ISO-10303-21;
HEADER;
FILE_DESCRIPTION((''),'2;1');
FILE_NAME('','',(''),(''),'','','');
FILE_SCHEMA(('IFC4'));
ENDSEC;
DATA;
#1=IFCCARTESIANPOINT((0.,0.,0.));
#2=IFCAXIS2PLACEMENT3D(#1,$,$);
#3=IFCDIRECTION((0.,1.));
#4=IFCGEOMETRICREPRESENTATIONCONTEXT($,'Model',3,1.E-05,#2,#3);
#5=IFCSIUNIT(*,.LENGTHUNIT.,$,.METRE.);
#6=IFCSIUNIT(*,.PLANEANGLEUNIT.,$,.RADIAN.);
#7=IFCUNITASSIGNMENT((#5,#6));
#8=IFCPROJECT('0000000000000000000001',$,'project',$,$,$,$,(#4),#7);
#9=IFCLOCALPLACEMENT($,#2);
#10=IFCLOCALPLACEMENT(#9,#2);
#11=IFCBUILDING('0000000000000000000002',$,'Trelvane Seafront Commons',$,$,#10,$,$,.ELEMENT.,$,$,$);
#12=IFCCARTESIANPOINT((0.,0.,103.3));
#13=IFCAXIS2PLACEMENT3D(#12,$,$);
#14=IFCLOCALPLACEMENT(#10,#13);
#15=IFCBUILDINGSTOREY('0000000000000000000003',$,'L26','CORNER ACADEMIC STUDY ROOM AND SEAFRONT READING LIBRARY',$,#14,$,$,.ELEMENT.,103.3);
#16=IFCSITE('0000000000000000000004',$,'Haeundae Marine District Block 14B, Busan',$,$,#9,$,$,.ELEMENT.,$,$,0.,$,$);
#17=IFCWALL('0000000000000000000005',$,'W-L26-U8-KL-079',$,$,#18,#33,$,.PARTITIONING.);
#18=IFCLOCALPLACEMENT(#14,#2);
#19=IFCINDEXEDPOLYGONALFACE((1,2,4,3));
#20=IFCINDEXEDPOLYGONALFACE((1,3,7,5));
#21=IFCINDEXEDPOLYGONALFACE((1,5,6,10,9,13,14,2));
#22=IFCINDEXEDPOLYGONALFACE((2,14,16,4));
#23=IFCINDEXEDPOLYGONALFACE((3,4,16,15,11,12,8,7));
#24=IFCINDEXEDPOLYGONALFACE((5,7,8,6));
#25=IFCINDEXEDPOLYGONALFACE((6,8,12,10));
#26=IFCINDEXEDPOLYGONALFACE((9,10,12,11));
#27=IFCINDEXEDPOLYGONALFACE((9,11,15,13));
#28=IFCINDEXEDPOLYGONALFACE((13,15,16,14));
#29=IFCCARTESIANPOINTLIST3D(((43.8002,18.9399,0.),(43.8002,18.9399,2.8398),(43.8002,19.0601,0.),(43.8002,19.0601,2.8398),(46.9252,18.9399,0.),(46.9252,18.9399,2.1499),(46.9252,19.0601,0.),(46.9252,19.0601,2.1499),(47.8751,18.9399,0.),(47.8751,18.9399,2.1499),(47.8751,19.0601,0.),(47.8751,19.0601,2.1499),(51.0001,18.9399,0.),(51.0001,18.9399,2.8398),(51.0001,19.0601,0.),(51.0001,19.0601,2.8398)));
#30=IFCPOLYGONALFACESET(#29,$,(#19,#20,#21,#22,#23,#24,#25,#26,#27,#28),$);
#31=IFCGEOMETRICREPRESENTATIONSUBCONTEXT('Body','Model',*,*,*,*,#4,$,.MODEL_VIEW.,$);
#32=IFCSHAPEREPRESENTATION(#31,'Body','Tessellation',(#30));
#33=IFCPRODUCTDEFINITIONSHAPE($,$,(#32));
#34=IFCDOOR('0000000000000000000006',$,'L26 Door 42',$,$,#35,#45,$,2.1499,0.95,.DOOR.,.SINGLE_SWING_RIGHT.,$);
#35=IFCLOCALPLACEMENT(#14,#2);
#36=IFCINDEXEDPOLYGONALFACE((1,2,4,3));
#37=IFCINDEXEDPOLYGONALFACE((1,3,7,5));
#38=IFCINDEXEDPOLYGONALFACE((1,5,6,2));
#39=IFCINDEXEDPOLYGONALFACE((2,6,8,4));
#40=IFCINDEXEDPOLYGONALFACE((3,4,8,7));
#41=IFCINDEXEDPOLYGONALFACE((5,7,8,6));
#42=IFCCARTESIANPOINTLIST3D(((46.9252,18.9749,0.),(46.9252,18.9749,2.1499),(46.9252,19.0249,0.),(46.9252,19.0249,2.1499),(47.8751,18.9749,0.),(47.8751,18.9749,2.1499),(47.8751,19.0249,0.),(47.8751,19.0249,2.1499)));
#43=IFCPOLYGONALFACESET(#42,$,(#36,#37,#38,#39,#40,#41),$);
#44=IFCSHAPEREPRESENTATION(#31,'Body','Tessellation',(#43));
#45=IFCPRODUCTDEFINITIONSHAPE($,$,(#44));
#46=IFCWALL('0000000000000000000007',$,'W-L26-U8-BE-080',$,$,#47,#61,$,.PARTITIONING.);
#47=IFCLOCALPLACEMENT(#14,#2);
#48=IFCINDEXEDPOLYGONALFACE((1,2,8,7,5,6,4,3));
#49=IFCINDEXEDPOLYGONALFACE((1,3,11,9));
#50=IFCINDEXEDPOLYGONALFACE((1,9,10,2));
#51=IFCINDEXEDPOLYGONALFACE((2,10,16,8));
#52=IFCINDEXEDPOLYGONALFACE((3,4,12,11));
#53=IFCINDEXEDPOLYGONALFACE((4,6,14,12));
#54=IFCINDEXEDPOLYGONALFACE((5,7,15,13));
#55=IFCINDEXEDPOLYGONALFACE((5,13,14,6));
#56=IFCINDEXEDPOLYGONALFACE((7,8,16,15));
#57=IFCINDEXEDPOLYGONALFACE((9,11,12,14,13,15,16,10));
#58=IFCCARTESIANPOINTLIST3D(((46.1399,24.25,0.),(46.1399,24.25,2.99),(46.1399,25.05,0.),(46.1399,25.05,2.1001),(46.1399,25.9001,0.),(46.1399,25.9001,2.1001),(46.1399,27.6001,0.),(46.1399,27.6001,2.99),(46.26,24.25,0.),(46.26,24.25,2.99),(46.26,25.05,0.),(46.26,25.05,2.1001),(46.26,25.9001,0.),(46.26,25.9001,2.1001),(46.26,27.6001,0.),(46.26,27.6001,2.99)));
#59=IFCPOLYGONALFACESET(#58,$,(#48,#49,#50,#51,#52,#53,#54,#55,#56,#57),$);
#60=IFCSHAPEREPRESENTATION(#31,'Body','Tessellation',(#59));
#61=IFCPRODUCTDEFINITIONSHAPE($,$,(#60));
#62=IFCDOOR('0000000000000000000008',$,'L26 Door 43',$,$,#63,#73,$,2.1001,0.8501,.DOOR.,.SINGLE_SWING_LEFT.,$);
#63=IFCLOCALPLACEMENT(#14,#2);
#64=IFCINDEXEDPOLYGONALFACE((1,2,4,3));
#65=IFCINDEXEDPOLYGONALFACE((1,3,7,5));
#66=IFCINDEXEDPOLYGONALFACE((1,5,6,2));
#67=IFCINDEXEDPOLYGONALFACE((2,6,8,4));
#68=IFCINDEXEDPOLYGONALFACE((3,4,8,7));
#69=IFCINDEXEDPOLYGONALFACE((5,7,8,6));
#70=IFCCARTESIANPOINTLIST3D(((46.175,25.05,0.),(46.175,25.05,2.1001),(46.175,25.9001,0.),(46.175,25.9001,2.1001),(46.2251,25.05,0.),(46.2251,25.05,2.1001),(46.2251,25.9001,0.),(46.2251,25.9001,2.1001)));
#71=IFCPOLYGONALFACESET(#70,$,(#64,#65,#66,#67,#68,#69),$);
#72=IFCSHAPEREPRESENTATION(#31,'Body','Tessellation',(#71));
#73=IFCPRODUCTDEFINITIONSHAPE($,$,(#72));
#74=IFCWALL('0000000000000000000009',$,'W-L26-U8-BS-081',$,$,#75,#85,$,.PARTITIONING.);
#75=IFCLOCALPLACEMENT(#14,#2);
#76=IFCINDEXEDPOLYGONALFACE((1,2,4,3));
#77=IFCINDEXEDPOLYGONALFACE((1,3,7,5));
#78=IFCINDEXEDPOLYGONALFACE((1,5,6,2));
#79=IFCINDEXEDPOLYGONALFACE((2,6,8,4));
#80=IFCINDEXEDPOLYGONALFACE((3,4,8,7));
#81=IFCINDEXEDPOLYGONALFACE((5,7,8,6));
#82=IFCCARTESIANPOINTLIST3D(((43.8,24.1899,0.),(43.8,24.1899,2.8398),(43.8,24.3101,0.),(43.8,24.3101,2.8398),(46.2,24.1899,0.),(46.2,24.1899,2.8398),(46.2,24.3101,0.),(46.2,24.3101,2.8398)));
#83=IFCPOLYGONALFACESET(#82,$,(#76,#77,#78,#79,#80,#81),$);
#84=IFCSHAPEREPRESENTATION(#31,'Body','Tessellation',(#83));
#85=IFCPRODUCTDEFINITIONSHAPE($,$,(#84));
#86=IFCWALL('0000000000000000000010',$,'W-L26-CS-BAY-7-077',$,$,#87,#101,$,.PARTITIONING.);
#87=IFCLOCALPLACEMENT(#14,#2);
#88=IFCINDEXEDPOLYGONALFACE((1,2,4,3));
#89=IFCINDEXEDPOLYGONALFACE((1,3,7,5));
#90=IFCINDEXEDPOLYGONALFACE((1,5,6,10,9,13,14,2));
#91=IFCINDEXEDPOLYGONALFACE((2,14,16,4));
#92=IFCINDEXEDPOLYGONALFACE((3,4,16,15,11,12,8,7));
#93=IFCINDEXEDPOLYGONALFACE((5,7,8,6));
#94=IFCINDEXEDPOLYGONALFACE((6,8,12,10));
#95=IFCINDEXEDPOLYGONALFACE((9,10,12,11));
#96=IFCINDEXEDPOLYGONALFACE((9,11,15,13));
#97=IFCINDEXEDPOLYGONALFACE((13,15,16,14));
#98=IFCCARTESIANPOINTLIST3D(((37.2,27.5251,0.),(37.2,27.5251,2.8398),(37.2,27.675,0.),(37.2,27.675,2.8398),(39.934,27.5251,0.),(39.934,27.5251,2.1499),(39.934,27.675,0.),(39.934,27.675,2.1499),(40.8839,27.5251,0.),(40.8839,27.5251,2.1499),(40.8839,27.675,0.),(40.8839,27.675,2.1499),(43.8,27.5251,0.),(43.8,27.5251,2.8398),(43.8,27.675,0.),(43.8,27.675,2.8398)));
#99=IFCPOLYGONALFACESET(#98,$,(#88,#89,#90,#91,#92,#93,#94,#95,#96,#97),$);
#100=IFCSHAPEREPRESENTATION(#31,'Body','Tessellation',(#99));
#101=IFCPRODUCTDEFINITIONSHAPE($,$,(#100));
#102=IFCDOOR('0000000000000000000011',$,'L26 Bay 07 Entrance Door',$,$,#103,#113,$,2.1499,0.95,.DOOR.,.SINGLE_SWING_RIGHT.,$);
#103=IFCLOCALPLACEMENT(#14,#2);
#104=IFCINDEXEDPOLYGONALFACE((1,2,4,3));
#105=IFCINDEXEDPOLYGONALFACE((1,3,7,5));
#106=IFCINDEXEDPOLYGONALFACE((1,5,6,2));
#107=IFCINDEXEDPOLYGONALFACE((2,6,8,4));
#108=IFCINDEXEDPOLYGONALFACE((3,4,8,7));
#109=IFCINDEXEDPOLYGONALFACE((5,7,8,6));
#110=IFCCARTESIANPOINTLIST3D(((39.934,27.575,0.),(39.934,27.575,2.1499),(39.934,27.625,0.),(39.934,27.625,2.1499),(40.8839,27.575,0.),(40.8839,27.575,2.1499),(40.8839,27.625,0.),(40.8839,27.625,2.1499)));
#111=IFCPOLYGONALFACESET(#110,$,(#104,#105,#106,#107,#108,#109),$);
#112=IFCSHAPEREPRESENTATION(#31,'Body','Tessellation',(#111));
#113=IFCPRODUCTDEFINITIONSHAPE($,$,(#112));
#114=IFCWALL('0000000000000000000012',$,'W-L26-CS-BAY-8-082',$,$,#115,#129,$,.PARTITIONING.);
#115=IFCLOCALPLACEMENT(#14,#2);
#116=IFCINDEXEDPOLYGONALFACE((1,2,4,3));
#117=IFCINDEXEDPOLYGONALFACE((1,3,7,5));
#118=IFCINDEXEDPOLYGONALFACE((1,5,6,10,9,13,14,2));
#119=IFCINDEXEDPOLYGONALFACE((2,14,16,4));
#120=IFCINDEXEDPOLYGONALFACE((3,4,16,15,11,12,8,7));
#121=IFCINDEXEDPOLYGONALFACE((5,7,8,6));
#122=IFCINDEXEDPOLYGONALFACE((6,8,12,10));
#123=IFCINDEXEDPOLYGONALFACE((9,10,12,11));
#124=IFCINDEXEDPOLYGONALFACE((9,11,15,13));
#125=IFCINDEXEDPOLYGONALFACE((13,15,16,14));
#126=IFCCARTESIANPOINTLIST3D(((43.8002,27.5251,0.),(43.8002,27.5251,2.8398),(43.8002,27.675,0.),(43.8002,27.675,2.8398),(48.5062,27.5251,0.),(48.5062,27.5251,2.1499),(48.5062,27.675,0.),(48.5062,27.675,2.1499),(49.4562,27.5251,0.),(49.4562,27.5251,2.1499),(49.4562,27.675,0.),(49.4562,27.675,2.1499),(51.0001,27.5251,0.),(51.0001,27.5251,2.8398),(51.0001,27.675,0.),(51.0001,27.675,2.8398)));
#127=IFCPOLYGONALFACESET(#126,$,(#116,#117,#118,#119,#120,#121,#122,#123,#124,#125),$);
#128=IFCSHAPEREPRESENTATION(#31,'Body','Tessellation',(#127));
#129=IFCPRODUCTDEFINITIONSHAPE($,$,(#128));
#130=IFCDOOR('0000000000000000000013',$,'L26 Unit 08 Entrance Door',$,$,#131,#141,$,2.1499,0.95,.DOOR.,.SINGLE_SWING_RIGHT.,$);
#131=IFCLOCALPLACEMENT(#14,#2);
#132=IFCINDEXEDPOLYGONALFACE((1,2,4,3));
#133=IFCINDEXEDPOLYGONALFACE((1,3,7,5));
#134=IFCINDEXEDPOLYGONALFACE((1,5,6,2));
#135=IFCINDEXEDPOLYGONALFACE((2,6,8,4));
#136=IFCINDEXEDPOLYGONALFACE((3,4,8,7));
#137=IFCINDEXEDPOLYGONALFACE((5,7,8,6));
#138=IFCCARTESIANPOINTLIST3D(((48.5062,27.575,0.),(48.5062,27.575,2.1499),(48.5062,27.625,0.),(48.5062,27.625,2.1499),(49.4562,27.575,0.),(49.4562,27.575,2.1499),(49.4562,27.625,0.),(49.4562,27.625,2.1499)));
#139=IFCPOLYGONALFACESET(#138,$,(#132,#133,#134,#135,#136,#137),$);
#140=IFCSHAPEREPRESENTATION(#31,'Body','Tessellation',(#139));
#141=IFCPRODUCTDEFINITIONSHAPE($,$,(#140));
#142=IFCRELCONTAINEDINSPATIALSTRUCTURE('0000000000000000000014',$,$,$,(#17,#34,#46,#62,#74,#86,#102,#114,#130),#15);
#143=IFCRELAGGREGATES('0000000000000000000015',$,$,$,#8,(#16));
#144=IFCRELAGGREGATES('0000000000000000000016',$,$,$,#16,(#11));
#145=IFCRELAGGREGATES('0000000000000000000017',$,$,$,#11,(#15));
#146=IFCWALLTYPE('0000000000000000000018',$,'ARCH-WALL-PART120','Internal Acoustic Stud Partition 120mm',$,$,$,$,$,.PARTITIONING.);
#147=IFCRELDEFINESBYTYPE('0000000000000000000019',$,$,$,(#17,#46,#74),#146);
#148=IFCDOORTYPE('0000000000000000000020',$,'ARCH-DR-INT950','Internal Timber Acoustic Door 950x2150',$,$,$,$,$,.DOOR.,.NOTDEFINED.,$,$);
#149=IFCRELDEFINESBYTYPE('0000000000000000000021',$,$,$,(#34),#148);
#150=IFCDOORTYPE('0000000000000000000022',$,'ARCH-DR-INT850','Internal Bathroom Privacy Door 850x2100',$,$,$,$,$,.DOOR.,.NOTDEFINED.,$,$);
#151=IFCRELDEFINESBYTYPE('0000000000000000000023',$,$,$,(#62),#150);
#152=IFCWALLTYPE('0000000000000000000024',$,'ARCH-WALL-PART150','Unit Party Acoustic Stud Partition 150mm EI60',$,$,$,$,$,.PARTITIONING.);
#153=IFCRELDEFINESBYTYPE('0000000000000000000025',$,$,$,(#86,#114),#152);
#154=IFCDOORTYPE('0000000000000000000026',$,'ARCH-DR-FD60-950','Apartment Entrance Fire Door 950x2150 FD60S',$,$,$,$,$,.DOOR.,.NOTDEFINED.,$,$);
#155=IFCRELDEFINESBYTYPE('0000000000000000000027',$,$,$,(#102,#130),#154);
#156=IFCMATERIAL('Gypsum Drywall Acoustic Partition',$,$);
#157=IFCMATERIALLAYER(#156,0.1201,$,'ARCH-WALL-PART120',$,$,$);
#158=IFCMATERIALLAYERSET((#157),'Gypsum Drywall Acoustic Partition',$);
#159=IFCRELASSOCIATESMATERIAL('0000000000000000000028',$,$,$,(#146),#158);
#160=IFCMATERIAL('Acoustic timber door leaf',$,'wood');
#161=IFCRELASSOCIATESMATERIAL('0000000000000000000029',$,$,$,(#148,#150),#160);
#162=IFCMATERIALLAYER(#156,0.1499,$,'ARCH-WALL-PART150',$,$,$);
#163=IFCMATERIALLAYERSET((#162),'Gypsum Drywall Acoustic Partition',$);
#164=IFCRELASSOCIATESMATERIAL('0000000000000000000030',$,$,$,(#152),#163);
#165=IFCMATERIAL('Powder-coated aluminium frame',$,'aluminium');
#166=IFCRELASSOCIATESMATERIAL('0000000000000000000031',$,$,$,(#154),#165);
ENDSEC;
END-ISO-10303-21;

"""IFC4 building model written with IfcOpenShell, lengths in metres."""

from ifc_helpers import new_model, si_unit, direction, frame, frame_2d, origin, place, context, subcontext, project, spatial, rectangle, extrude, source, transform, mapped, material, layer, layer_set, type_object, element, fill, save


model = new_model("IFC4")

# Units and contexts
model_context = context("Model", 3, precision=1e-05, world=origin(), true_north=direction((0.0, 1.0)))
body_context = subcontext(model_context, "Body", "Model", "MODEL_VIEW")
ifc_project = project(units=[si_unit("LENGTHUNIT", "METRE"), si_unit("PLANEANGLEUNIT", "RADIAN")], contexts=[model_context])

# Site, building, storey
site_placement = place(None, origin())
site = spatial("IfcSite", under=ifc_project, at=site_placement, Name="Haeundae Marine District Block 14B, Busan", CompositionType="ELEMENT", RefElevation=0.0)
building_placement = place(site_placement, origin())
building = spatial("IfcBuilding", under=site, at=building_placement, Name="Trelvane Seafront Commons", CompositionType="ELEMENT")
storey_placement = place(building_placement, frame((0.0, 0.0, 103.3)))
storey = spatial("IfcBuildingStorey", under=building, at=storey_placement, Name="L26", Description="CORNER ACADEMIC STUDY ROOM AND SEAFRONT READING LIBRARY", CompositionType="ELEMENT", Elevation=103.3)

# Shared definitions
ifc_material_1 = material(Name="Gypsum Drywall Acoustic Partition")
ifc_layer_1 = layer(ifc_material_1, 0.1201, Name="ARCH-WALL-PART120")
ifc_layer_set_1 = layer_set([ifc_layer_1], Name="Gypsum Drywall Acoustic Partition")
wall_type_1 = type_object("IfcWallType", Name="ARCH-WALL-PART120", Description="Internal Acoustic Stud Partition 120mm", PredefinedType="PARTITIONING", material=ifc_layer_set_1)
ifc_material_2 = material(Name="Acoustic timber door leaf", Category="wood")
door_type_1 = type_object("IfcDoorType", Name="ARCH-DR-INT950", Description="Internal Timber Acoustic Door 950x2150", OperationType="NOTDEFINED", PredefinedType="DOOR", material=ifc_material_2)
shared_shape_1 = source(origin(), body_context, "Body", "SweptSolid", [
    extrude(rectangle(XDim=0.95, YDim=2.1499, at=frame_2d((0.4751, 1.075))), frame((0.0, 0.0249, 0.0), z_axis=(0.0, -1.0, 0.0), x_axis=(1.0, 0.0, 0.0)), (0.0, 0.0, 1.0), 0.05),
])

# Walls, openings, doors
wall_1_placement = place(storey_placement, frame((43.8, 19.0, 0.0), z_axis=(0.0, 0.0, 1.0), x_axis=(1.0, 0.0, 0.0)))
wall_1 = element("IfcWall", 1, at=wall_1_placement, inside=storey, type_object=wall_type_1, Name="W-L26-U8-KL-079", PredefinedType="PARTITIONING", context=body_context, shape_type="SweptSolid", body=[
    extrude(rectangle(XDim=7.2, YDim=0.1201, at=frame_2d((3.6001, 0.0))), origin(), (0.0, 0.0, 1.0), 2.8398),
])
opening_1_placement = place(wall_1_placement, frame((3.125, 0.0, 0.0)))
opening_1 = element("IfcOpeningElement", 2, at=opening_1_placement, cuts=wall_1, PredefinedType="OPENING", context=body_context, shape_type="SweptSolid", body=[
    extrude(rectangle(XDim=0.95, YDim=2.1499, at=frame_2d((0.4751, 1.075))), frame((0.0, 0.0701, 0.0), z_axis=(0.0, -1.0, 0.0), x_axis=(1.0, 0.0, 0.0)), (0.0, 0.0, 1.0), 0.1401),
])
door_1_placement = place(opening_1_placement, origin())
door_1 = element("IfcDoor", 3, at=door_1_placement, inside=storey, type_object=door_type_1, Name="L26 Door 42", OperationType="SINGLE_SWING_RIGHT", OverallHeight=2.1499, OverallWidth=0.95, PredefinedType="DOOR", context=body_context, shape_type="MappedRepresentation", body=[
    mapped(shared_shape_1, transform((0.0, 0.0, 0.0), x_axis=(1.0, 0.0, 0.0), y_axis=(0.0, 1.0, 0.0), z_axis=(0.0, 0.0, 1.0), scale=1.0)),
])
fill(opening_1, door_1)
wall_2_placement = place(storey_placement, frame((46.2, 24.25, 0.0), z_axis=(0.0, 0.0, 1.0), x_axis=(0.0, 1.0, 0.0)))
wall_2 = element("IfcWall", 4, at=wall_2_placement, inside=storey, type_object=wall_type_1, Name="W-L26-U8-BE-080", PredefinedType="PARTITIONING", context=body_context, shape_type="SweptSolid", body=[
    extrude(rectangle(XDim=3.3501, YDim=0.1201, at=frame_2d((1.675, 0.0))), origin(), (0.0, 0.0, 1.0), 2.99),
])
opening_2_placement = place(wall_2_placement, frame((0.8, 0.0, 0.0)))
opening_2 = element("IfcOpeningElement", 5, at=opening_2_placement, cuts=wall_2, PredefinedType="OPENING", context=body_context, shape_type="SweptSolid", body=[
    extrude(rectangle(XDim=0.8501, YDim=2.1001, at=frame_2d((0.425, 1.05))), frame((0.0, 0.0701, 0.0), z_axis=(0.0, -1.0, 0.0), x_axis=(1.0, 0.0, 0.0)), (0.0, 0.0, 1.0), 0.1401),
])
door_type_2 = type_object("IfcDoorType", Name="ARCH-DR-INT850", Description="Internal Bathroom Privacy Door 850x2100", OperationType="NOTDEFINED", PredefinedType="DOOR", material=ifc_material_2)
shared_shape_2 = source(origin(), body_context, "Body", "SweptSolid", [
    extrude(rectangle(XDim=0.8501, YDim=2.1001, at=frame_2d((0.425, 1.05))), frame((0.0, 0.0249, 0.0), z_axis=(0.0, -1.0, 0.0), x_axis=(1.0, 0.0, 0.0)), (0.0, 0.0, 1.0), 0.05),
])
door_2_placement = place(opening_2_placement, origin())
door_2 = element("IfcDoor", 6, at=door_2_placement, inside=storey, type_object=door_type_2, Name="L26 Door 43", OperationType="SINGLE_SWING_LEFT", OverallHeight=2.1001, OverallWidth=0.8501, PredefinedType="DOOR", context=body_context, shape_type="MappedRepresentation", body=[
    mapped(shared_shape_2, transform((0.0, 0.0, 0.0), x_axis=(1.0, 0.0, 0.0), y_axis=(0.0, 1.0, 0.0), z_axis=(0.0, 0.0, 1.0), scale=1.0)),
])
fill(opening_2, door_2)

# Wall
wall_3_placement = place(storey_placement, frame((43.8, 24.25, 0.0), z_axis=(0.0, 0.0, 1.0), x_axis=(1.0, 0.0, 0.0)))
element("IfcWall", 7, at=wall_3_placement, inside=storey, type_object=wall_type_1, Name="W-L26-U8-BS-081", PredefinedType="PARTITIONING", context=body_context, shape_type="SweptSolid", body=[
    extrude(rectangle(XDim=2.3999, YDim=0.1201, at=frame_2d((1.2, 0.0))), origin(), (0.0, 0.0, 1.0), 2.8398),
])

# Walls, openings, doors
ifc_layer_2 = layer(ifc_material_1, 0.1499, Name="ARCH-WALL-PART150")
ifc_layer_set_2 = layer_set([ifc_layer_2], Name="Gypsum Drywall Acoustic Partition")
wall_type_2 = type_object("IfcWallType", Name="ARCH-WALL-PART150", Description="Unit Party Acoustic Stud Partition 150mm EI60", PredefinedType="PARTITIONING", material=ifc_layer_set_2)
wall_4_placement = place(storey_placement, frame((37.2, 27.6001, 0.0), z_axis=(0.0, 0.0, 1.0), x_axis=(1.0, 0.0, 0.0)))
wall_4 = element("IfcWall", 8, at=wall_4_placement, inside=storey, type_object=wall_type_2, Name="W-L26-CS-BAY-7-077", PredefinedType="PARTITIONING", context=body_context, shape_type="SweptSolid", body=[
    extrude(rectangle(XDim=6.6001, YDim=0.1499, at=frame_2d((3.3, 0.0))), origin(), (0.0, 0.0, 1.0), 2.8398),
])
opening_3_placement = place(wall_4_placement, frame((2.7339, 0.0, 0.0)))
opening_3 = element("IfcOpeningElement", 9, at=opening_3_placement, cuts=wall_4, PredefinedType="OPENING", context=body_context, shape_type="SweptSolid", body=[
    extrude(rectangle(XDim=0.95, YDim=2.1499, at=frame_2d((0.4751, 1.075))), frame((0.0, 0.085, 0.0), z_axis=(0.0, -1.0, 0.0), x_axis=(1.0, 0.0, 0.0)), (0.0, 0.0, 1.0), 0.1699),
])
ifc_material_3 = material(Name="Powder-coated aluminium frame", Category="aluminium")
door_type_3 = type_object("IfcDoorType", Name="ARCH-DR-FD60-950", Description="Apartment Entrance Fire Door 950x2150 FD60S", OperationType="NOTDEFINED", PredefinedType="DOOR", material=ifc_material_3)
door_3_placement = place(opening_3_placement, origin())
door_3 = element("IfcDoor", 10, at=door_3_placement, inside=storey, type_object=door_type_3, Name="L26 Bay 07 Entrance Door", OperationType="SINGLE_SWING_RIGHT", OverallHeight=2.1499, OverallWidth=0.95, PredefinedType="DOOR", context=body_context, shape_type="MappedRepresentation", body=[
    mapped(shared_shape_1, transform((0.0, 0.0, 0.0), x_axis=(1.0, 0.0, 0.0), y_axis=(0.0, 1.0, 0.0), z_axis=(0.0, 0.0, 1.0), scale=1.0)),
])
fill(opening_3, door_3)
wall_5_placement = place(storey_placement, frame((43.8, 27.6001, 0.0), z_axis=(0.0, 0.0, 1.0), x_axis=(1.0, 0.0, 0.0)))
wall_5 = element("IfcWall", 11, at=wall_5_placement, inside=storey, type_object=wall_type_2, Name="W-L26-CS-BAY-8-082", PredefinedType="PARTITIONING", context=body_context, shape_type="SweptSolid", body=[
    extrude(rectangle(XDim=7.2, YDim=0.1499, at=frame_2d((3.6001, 0.0))), origin(), (0.0, 0.0, 1.0), 2.8398),
])
opening_4_placement = place(wall_5_placement, frame((4.7061, 0.0, 0.0)))
opening_4 = element("IfcOpeningElement", 12, at=opening_4_placement, cuts=wall_5, PredefinedType="OPENING", context=body_context, shape_type="SweptSolid", body=[
    extrude(rectangle(XDim=0.95, YDim=2.1499, at=frame_2d((0.4751, 1.075))), frame((0.0, 0.085, 0.0), z_axis=(0.0, -1.0, 0.0), x_axis=(1.0, 0.0, 0.0)), (0.0, 0.0, 1.0), 0.1699),
])
door_4_placement = place(opening_4_placement, origin())
door_4 = element("IfcDoor", 13, at=door_4_placement, inside=storey, type_object=door_type_3, Name="L26 Unit 08 Entrance Door", OperationType="SINGLE_SWING_RIGHT", OverallHeight=2.1499, OverallWidth=0.95, PredefinedType="DOOR", context=body_context, shape_type="MappedRepresentation", body=[
    mapped(shared_shape_1, transform((0.0, 0.0, 0.0), x_axis=(1.0, 0.0, 0.0), y_axis=(0.0, 1.0, 0.0), z_axis=(0.0, 0.0, 1.0), scale=1.0)),
])
fill(opening_4, door_4)

save(model, "model.ifc")
